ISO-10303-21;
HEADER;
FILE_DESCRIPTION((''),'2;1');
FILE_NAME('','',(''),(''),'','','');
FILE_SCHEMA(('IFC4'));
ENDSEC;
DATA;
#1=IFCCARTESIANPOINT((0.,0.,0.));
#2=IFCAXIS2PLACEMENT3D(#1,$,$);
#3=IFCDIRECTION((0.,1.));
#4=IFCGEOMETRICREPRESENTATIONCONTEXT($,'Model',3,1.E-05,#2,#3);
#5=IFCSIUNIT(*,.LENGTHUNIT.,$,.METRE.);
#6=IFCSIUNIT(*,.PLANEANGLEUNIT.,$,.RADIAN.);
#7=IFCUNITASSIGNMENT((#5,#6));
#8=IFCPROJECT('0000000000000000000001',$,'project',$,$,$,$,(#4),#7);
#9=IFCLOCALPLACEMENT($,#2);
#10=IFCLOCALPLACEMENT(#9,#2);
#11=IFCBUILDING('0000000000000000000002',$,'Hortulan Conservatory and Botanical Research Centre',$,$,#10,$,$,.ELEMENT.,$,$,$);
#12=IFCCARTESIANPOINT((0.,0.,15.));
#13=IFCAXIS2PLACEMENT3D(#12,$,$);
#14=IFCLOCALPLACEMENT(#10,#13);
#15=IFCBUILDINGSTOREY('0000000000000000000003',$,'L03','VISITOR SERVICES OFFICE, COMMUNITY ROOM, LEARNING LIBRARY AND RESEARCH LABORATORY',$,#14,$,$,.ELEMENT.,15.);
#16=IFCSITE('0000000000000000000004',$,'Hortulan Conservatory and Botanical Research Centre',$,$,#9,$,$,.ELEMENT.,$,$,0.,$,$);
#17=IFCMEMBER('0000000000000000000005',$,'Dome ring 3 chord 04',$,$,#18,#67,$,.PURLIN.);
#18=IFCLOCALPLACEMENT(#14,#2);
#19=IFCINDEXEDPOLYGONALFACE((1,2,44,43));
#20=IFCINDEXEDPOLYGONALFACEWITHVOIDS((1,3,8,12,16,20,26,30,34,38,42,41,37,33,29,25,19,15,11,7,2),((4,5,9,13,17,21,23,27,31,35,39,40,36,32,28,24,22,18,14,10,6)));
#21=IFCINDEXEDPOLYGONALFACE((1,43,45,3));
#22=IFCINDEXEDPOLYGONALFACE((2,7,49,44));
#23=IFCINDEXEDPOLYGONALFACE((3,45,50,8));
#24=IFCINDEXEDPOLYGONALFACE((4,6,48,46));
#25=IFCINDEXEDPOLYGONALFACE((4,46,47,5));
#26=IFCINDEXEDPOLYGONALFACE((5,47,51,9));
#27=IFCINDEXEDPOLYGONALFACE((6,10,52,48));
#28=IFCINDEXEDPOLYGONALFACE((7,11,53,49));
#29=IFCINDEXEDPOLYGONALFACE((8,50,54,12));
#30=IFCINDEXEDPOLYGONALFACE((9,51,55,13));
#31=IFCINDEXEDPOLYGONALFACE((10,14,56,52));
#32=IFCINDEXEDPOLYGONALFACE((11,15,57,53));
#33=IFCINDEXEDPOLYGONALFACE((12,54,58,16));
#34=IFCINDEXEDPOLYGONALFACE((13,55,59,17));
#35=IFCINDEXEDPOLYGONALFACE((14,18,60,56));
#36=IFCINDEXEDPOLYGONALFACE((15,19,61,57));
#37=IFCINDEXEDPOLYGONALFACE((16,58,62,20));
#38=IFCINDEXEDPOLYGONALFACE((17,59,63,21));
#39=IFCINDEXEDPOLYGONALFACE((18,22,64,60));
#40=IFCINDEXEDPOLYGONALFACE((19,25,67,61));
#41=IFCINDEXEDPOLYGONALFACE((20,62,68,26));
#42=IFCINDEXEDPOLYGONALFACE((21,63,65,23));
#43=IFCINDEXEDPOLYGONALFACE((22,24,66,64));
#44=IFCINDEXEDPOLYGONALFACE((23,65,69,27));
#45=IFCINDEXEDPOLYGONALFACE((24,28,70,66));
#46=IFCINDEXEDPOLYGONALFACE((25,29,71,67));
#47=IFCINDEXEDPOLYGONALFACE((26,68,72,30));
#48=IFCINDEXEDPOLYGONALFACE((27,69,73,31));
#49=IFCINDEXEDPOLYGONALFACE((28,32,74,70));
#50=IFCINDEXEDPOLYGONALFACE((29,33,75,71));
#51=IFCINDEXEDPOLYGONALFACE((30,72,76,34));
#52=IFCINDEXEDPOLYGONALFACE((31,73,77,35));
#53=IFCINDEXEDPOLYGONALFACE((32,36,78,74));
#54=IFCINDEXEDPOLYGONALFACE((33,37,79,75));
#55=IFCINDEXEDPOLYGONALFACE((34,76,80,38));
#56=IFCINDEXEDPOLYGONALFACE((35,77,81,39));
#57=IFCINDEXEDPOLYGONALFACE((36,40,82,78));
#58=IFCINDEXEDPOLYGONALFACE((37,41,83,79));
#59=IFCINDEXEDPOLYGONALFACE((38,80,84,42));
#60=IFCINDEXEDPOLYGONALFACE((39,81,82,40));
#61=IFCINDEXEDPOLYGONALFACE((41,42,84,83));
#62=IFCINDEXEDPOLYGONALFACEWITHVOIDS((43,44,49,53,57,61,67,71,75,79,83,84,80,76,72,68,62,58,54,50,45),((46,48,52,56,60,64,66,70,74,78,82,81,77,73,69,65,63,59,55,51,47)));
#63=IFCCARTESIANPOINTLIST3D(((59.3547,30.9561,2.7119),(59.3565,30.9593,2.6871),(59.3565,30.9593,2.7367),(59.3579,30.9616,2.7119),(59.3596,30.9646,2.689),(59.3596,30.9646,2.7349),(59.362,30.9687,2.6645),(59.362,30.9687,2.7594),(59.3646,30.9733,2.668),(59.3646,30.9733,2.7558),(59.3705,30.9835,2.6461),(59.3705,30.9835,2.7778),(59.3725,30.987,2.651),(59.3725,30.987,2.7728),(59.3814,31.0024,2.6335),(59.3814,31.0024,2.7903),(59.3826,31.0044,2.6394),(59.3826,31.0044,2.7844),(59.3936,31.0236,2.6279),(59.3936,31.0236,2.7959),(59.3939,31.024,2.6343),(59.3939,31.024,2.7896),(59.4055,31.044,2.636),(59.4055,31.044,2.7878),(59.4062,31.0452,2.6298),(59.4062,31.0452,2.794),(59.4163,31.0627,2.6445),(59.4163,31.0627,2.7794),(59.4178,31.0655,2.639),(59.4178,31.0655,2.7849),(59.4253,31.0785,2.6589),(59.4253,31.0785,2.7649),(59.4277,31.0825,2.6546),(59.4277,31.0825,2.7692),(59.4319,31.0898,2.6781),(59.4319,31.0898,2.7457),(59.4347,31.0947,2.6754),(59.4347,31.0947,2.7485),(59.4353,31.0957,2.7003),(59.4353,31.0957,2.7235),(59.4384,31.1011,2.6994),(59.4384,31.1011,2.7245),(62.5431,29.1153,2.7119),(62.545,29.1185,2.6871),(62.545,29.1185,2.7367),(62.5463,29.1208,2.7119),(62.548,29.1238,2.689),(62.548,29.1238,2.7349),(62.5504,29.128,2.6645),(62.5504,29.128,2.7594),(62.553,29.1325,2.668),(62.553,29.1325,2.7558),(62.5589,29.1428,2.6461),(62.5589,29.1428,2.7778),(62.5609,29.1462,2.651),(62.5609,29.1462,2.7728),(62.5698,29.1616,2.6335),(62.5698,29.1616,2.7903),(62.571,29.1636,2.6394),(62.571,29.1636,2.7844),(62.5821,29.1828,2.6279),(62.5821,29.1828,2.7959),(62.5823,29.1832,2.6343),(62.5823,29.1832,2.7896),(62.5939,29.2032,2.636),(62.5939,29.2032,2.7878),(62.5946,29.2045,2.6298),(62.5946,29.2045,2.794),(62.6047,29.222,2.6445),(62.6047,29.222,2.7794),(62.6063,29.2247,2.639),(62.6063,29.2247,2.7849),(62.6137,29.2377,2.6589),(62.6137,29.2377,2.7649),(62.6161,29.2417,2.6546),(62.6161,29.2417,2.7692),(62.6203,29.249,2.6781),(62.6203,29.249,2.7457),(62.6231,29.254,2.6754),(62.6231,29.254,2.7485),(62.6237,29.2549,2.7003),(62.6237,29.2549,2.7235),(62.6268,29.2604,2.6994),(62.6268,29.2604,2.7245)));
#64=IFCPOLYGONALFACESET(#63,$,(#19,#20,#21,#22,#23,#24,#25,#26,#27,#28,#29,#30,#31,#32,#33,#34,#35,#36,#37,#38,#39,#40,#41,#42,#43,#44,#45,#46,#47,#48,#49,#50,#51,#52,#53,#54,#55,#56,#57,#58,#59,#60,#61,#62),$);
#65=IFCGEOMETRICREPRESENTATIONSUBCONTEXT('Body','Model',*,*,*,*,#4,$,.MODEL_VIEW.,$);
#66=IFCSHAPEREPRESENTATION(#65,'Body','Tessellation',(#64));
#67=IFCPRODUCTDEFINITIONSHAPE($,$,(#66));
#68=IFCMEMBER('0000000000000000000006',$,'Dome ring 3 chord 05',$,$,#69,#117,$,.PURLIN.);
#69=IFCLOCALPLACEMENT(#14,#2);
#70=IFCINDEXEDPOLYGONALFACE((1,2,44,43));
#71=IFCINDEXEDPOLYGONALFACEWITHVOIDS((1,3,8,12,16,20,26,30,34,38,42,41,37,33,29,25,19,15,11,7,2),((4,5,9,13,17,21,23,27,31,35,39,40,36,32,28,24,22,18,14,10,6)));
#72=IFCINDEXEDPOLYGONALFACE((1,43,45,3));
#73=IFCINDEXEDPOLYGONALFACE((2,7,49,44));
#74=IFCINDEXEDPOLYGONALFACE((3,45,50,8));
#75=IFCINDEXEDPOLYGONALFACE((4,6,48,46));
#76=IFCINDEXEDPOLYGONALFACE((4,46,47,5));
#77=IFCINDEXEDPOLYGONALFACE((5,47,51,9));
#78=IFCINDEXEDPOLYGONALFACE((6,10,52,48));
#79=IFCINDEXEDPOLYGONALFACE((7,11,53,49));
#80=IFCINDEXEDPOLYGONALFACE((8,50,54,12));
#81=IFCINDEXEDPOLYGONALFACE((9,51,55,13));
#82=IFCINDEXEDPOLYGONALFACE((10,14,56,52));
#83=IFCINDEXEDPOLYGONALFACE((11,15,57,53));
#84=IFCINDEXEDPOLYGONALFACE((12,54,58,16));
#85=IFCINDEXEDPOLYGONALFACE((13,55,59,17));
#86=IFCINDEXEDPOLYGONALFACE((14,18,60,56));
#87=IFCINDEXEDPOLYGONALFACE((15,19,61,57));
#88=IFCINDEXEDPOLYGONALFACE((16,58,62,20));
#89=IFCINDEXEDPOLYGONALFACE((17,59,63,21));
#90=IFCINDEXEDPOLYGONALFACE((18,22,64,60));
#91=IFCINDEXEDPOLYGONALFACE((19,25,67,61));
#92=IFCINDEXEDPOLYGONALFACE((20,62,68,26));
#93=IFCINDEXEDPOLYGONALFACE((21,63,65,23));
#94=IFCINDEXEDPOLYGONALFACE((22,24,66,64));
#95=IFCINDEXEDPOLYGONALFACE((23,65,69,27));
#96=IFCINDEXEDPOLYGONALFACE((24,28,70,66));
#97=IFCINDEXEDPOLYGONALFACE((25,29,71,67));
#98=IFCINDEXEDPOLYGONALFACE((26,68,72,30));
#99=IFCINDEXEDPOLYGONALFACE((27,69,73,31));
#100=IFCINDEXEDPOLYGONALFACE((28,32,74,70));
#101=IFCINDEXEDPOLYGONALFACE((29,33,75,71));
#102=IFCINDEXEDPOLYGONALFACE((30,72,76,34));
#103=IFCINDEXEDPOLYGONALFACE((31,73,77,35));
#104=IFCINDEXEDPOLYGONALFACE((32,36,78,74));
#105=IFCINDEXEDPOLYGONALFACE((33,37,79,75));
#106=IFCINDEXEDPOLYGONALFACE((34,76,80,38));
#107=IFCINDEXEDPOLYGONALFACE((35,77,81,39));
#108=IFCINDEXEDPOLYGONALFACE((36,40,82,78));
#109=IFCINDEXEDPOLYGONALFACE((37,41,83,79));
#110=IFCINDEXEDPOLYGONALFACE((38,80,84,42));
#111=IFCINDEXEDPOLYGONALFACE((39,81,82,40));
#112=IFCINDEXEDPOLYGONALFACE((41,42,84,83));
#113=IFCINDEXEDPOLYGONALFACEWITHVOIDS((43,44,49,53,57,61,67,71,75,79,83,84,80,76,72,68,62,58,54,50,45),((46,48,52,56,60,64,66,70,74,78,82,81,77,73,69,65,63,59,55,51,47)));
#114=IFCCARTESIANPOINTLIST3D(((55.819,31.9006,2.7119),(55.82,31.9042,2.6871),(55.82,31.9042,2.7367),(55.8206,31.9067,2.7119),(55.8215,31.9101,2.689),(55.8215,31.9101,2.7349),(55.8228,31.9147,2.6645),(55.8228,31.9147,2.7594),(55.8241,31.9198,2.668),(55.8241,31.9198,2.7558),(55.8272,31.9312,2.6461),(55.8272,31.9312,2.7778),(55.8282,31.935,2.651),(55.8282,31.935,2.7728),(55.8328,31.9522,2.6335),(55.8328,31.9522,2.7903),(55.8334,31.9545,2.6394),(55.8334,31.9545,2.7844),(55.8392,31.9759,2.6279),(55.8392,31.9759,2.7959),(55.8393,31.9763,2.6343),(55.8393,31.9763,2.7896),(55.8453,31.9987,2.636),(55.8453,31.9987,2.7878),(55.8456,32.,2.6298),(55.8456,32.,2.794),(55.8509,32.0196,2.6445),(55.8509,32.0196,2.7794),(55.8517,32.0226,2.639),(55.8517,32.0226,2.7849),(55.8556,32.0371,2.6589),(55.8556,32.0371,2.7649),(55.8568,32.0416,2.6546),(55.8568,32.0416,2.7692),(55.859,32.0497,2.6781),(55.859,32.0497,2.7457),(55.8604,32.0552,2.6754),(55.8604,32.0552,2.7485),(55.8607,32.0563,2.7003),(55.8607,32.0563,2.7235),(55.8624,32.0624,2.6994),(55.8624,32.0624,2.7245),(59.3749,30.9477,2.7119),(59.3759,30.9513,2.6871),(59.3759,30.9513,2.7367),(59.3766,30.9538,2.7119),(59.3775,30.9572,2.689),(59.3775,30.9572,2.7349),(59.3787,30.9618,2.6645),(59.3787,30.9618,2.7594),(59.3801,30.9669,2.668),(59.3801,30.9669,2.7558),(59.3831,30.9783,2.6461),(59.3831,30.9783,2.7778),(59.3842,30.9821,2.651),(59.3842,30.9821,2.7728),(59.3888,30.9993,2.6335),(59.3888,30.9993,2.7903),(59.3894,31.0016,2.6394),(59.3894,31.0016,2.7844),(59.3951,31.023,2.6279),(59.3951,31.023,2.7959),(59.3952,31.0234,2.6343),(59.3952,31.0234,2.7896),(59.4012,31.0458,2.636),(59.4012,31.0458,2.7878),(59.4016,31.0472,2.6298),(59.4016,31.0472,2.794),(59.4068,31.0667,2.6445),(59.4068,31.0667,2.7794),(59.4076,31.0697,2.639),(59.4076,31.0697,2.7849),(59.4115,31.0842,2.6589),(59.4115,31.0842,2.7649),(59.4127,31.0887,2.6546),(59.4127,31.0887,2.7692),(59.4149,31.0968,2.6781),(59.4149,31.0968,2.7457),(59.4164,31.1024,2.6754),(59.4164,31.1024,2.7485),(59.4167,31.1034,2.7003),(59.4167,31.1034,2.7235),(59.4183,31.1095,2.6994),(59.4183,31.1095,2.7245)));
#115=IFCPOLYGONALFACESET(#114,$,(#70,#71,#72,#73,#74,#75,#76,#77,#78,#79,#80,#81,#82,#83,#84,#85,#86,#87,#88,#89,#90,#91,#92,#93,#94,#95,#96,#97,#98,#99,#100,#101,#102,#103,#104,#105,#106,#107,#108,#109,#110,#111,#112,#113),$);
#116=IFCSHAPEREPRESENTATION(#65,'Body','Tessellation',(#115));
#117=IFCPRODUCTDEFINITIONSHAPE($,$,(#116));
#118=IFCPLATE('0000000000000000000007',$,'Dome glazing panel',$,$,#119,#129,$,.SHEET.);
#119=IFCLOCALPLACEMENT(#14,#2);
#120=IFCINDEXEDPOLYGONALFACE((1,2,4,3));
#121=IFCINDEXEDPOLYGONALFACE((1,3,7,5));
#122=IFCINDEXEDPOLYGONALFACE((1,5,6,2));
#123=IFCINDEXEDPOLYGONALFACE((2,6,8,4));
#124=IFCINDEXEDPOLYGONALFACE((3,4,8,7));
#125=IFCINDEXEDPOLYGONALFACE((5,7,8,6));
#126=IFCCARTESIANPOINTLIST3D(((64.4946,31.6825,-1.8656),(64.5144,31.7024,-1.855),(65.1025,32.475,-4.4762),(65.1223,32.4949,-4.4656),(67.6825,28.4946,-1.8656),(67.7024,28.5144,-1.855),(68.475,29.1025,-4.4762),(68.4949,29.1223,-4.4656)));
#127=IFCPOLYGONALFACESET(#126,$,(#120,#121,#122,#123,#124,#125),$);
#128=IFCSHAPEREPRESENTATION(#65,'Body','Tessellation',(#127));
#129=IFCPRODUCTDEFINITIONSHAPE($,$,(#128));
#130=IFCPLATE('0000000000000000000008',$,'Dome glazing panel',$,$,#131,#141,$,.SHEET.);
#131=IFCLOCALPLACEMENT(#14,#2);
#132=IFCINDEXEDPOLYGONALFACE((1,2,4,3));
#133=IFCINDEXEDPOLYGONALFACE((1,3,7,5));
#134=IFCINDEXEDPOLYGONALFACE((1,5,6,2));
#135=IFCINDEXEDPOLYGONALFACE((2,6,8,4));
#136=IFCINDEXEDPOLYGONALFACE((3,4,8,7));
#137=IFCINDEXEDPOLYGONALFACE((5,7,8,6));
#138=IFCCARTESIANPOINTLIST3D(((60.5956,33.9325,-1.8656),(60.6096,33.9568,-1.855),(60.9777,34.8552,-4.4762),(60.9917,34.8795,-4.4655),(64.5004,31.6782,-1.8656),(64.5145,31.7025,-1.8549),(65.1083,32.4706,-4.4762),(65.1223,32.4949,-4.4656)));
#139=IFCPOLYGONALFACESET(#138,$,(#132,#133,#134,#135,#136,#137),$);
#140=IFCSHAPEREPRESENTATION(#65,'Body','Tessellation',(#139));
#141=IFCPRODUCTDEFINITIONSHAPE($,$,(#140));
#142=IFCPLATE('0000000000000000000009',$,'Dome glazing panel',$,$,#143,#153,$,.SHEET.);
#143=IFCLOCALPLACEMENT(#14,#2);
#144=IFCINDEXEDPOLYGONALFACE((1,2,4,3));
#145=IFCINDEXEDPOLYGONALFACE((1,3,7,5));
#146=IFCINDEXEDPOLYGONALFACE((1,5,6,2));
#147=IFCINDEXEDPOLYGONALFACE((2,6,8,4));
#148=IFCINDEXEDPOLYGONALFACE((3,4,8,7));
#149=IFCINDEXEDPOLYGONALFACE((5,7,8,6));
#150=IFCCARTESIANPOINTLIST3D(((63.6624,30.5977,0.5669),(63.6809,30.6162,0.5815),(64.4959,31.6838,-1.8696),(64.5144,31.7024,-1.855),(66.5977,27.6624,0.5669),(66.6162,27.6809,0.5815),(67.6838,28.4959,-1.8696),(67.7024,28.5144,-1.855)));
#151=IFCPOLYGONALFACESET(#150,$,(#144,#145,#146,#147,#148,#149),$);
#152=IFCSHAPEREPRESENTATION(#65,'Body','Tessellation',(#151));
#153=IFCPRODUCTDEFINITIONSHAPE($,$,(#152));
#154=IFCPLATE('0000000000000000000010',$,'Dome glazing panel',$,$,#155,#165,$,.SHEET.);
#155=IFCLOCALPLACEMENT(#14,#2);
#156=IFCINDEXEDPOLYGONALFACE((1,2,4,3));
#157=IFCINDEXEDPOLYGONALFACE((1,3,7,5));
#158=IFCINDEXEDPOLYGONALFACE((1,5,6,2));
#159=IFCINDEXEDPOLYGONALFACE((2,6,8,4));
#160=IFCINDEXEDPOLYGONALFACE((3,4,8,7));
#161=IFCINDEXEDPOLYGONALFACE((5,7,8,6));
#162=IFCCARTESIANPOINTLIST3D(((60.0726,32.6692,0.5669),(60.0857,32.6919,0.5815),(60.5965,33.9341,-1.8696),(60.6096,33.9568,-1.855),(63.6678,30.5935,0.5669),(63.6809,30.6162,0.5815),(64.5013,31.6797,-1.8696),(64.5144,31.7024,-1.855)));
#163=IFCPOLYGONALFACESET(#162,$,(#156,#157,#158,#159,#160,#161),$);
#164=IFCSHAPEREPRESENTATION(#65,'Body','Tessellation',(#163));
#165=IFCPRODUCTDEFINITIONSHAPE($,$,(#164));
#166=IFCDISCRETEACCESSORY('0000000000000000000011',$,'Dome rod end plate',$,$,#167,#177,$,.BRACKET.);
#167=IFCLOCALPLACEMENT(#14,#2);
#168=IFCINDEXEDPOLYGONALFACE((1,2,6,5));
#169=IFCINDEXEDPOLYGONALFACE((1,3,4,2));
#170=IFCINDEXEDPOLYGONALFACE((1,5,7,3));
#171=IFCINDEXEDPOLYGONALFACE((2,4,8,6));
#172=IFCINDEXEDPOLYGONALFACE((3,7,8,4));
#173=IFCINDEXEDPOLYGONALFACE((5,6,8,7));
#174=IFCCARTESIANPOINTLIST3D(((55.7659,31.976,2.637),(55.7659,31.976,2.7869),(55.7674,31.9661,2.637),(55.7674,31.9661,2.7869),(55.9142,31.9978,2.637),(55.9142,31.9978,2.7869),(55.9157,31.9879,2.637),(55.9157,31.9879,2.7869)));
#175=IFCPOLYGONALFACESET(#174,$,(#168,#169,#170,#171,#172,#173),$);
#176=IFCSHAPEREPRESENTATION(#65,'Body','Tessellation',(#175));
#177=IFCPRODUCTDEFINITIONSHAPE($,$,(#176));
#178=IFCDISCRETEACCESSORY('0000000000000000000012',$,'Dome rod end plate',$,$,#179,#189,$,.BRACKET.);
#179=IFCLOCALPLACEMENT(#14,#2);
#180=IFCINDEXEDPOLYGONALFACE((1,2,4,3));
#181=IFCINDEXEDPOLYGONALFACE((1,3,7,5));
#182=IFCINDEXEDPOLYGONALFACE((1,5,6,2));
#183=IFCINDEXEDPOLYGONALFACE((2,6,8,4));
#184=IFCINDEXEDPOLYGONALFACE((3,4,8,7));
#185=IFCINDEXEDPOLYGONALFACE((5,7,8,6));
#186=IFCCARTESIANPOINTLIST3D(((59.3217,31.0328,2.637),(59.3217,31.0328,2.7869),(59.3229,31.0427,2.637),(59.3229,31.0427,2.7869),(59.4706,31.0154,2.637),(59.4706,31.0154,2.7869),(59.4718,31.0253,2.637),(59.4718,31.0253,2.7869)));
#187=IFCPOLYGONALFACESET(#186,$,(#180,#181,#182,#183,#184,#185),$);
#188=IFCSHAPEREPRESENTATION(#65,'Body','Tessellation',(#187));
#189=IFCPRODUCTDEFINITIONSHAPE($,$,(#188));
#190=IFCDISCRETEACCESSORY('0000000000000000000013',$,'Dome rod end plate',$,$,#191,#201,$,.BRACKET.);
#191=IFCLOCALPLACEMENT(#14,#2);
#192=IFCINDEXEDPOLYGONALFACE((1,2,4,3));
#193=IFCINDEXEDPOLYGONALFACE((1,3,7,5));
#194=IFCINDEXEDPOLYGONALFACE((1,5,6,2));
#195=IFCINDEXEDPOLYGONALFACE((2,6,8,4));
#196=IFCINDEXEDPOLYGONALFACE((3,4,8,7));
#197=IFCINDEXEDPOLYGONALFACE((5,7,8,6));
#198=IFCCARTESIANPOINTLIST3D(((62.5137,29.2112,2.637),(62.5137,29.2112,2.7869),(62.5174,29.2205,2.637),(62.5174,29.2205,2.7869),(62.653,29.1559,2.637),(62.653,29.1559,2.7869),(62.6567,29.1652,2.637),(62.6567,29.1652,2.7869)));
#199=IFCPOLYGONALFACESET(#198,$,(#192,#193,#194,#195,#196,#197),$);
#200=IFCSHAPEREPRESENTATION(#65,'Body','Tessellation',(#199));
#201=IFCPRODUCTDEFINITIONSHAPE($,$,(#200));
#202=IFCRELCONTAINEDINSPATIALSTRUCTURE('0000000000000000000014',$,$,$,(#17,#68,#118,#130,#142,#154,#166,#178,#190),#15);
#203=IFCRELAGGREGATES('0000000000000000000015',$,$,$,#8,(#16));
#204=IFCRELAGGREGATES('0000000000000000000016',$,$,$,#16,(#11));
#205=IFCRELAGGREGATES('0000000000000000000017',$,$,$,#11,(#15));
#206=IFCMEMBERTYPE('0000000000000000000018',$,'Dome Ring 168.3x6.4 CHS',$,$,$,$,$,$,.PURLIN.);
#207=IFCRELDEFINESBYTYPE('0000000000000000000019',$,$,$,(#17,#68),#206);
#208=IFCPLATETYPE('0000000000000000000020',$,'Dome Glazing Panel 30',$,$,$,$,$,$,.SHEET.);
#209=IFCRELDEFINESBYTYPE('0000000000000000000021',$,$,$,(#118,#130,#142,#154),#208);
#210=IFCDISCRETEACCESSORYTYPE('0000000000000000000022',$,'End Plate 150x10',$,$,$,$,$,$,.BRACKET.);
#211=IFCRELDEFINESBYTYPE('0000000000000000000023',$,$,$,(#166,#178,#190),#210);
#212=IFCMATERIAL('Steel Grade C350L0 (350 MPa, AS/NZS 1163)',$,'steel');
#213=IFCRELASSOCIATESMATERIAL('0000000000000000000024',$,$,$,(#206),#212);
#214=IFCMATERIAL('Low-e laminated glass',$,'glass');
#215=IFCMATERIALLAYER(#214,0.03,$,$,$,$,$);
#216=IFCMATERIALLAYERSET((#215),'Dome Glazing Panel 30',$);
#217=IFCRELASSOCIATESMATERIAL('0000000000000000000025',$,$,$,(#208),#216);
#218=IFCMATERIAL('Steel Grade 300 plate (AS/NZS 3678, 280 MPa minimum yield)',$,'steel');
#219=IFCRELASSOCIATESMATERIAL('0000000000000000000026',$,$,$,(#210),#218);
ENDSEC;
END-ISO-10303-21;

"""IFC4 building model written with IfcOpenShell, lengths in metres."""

from ifc_helpers import new_model, si_unit, direction, frame, origin, origin_2d, place, context, subcontext, project, spatial, polyline, rectangle, hollow_circle, outline, extrude, material, layer, layer_set, material_profile, profile_set, type_object, element, save


model = new_model("IFC4")

# Units and contexts
model_context = context("Model", 3, precision=1e-05, world=origin(), true_north=direction((0.0, 1.0)))
body_context = subcontext(model_context, "Body", "Model", "MODEL_VIEW")
ifc_project = project(units=[si_unit("LENGTHUNIT", "METRE"), si_unit("PLANEANGLEUNIT", "RADIAN")], contexts=[model_context])

# Site, building, storey
site_placement = place(None, origin())
site = spatial("IfcSite", under=ifc_project, at=site_placement, Name="Hortulan Conservatory and Botanical Research Centre", CompositionType="ELEMENT", RefElevation=0.0)
building_placement = place(site_placement, origin())
building = spatial("IfcBuilding", under=site, at=building_placement, Name="Hortulan Conservatory and Botanical Research Centre", CompositionType="ELEMENT")
storey_placement = place(building_placement, frame((0.0, 0.0, 15.0)))
storey = spatial("IfcBuildingStorey", under=building, at=storey_placement, Name="L03", Description="VISITOR SERVICES OFFICE, COMMUNITY ROOM, LEARNING LIBRARY AND RESEARCH LABORATORY", CompositionType="ELEMENT", Elevation=15.0)

# Shared definitions
ifc_material_1 = material(Name="Steel Grade C350L0 (350 MPa, AS/NZS 1163)", Category="steel")

# Members
ifc_material_profile_1 = material_profile(ifc_material_1, hollow_circle(Radius=0.0842, WallThickness=0.0063, at=origin_2d()), Name="168.3x6.4CHS")
ifc_profile_set_1 = profile_set([ifc_material_profile_1], Name="Steel Grade C350L0 (350 MPa, AS/NZS 1163)")
member_type_1 = type_object("IfcMemberType", Name="Dome Ring 168.3x6.4 CHS", PredefinedType="PURLIN", material=ifc_profile_set_1)
member_1_placement = place(storey_placement, frame((62.5852, 29.1882, 2.7119), z_axis=(-0.866031, 0.49999, 0.0), x_axis=(-0.49999, -0.866031, 0.0)))
element("IfcMember", 1, at=member_1_placement, inside=storey, type_object=member_type_1, Name="Dome ring 3 chord 04", PredefinedType="PURLIN", context=body_context, shape_type="SweptSolid", body=[
    extrude(hollow_circle(Radius=0.0842, WallThickness=0.0063, at=origin_2d()), origin(), (0.0, 0.0, 1.0), 3.6816),
])
member_2_placement = place(storey_placement, frame((59.3967, 31.0291, 2.7119), z_axis=(-0.965921, 0.258839, 0.0), x_axis=(-0.258839, -0.965921, 0.0)))
element("IfcMember", 2, at=member_2_placement, inside=storey, type_object=member_type_1, Name="Dome ring 3 chord 05", PredefinedType="PURLIN", context=body_context, shape_type="SweptSolid", body=[
    extrude(hollow_circle(Radius=0.0842, WallThickness=0.0063, at=origin_2d()), origin(), (0.0, 0.0, 1.0), 3.6814),
])

# Plates
ifc_material_2 = material(Name="Low-e laminated glass", Category="glass")
ifc_layer = layer(ifc_material_2, 0.03)
ifc_layer_set = layer_set([ifc_layer], Name="Dome Glazing Panel 30")
plate_type = type_object("IfcPlateType", Name="Dome Glazing Panel 30", PredefinedType="SHEET", material=ifc_layer_set)
plate_1_placement = place(storey_placement, frame((68.4949, 29.1223, -4.4656), z_axis=(0.661143, 0.661143, 0.354654), x_axis=(-0.707107, 0.707107, 0.0)))
element("IfcPlate", 3, at=plate_1_placement, inside=storey, type_object=plate_type, Name="Dome glazing panel", PredefinedType="SHEET", context=body_context, shape_type="SweptSolid", body=[
    extrude(outline(polyline([(0.0, 0.0), (4.7695, 0.0), (4.639, 2.7921), (0.1305, 2.7921), (0.0, 0.0)])), origin(), (0.0, 0.0, -1.0), 0.03),
])
plate_2_placement = place(storey_placement, frame((65.1223, 32.4949, -4.4656), z_axis=(0.467479, 0.809753, 0.354631), x_axis=(-0.866042, 0.499971, 0.000007)))
element("IfcPlate", 4, at=plate_2_placement, inside=storey, type_object=plate_type, Name="Dome glazing panel", PredefinedType="SHEET", context=body_context, shape_type="SweptSolid", body=[
    extrude(outline(polyline([(0.0, 0.0), (4.7695, 0.0), (4.6391, 2.792), (0.1303, 2.7921), (0.0, 0.0)])), origin(), (0.0, 0.0, -1.0), 0.03),
])
plate_3_placement = place(storey_placement, frame((67.7024, 28.5144, -1.855), z_axis=(0.617714, 0.617714, 0.486682), x_axis=(-0.707107, 0.707107, 0.0)))
element("IfcPlate", 5, at=plate_3_placement, inside=storey, type_object=plate_type, Name="Dome glazing panel", PredefinedType="SHEET", context=body_context, shape_type="SweptSolid", body=[
    extrude(outline(polyline([(0.0, 0.0), (4.5085, 0.0), (4.3298, 2.7891), (0.1787, 2.7891), (0.0, 0.0)])), origin(), (0.0, 0.0, -1.0), 0.03),
])
plate_4_placement = place(storey_placement, frame((64.5144, 31.7024, -1.855), z_axis=(0.436787, 0.756546, 0.486677), x_axis=(-0.866028, 0.499995, 0.000001)))
element("IfcPlate", 6, at=plate_4_placement, inside=storey, type_object=plate_type, Name="Dome glazing panel", PredefinedType="SHEET", context=body_context, shape_type="SweptSolid", body=[
    extrude(outline(polyline([(0.0, 0.0), (4.5088, 0.0), (4.3301, 2.7891), (0.1787, 2.7891), (0.0, 0.0)])), origin(), (0.0, 0.0, -1.0), 0.03),
])

# Discrete accessories
ifc_material_3 = material(Name="Steel Grade 300 plate (AS/NZS 3678, 280 MPa minimum yield)", Category="steel")
discrete_accessory_type = type_object("IfcDiscreteAccessoryType", Name="End Plate 150x10", PredefinedType="BRACKET", material=ifc_material_3)
for number, where, z_axis, x_axis, name in (
    (7, (55.8408, 31.9819, 2.637), (0.0, 0.0, 1.0), (0.989394, 0.145254, 0.0), "Dome rod end plate"),
    (8, (59.3967, 31.0291, 2.637), (0.0, 0.0, 1.0), (0.99328, -0.115735, 0.0), "Dome rod end plate"),
    (9, (62.5852, 29.1882, 2.637), (0.0, 0.0, 1.0), (0.929474, -0.368887, 0.0), "Dome rod end plate"),
):
    element("IfcDiscreteAccessory", number, at=place(storey_placement, frame(where, z_axis=z_axis, x_axis=x_axis)), inside=storey, type_object=discrete_accessory_type, Name=name, PredefinedType="BRACKET", context=body_context, shape_type="SweptSolid", body=[
        extrude(rectangle(XDim=0.1499, YDim=0.01, at=origin_2d()), origin(), (0.0, 0.0, 1.0), 0.1499),
    ])

save(model, "model.ifc")
